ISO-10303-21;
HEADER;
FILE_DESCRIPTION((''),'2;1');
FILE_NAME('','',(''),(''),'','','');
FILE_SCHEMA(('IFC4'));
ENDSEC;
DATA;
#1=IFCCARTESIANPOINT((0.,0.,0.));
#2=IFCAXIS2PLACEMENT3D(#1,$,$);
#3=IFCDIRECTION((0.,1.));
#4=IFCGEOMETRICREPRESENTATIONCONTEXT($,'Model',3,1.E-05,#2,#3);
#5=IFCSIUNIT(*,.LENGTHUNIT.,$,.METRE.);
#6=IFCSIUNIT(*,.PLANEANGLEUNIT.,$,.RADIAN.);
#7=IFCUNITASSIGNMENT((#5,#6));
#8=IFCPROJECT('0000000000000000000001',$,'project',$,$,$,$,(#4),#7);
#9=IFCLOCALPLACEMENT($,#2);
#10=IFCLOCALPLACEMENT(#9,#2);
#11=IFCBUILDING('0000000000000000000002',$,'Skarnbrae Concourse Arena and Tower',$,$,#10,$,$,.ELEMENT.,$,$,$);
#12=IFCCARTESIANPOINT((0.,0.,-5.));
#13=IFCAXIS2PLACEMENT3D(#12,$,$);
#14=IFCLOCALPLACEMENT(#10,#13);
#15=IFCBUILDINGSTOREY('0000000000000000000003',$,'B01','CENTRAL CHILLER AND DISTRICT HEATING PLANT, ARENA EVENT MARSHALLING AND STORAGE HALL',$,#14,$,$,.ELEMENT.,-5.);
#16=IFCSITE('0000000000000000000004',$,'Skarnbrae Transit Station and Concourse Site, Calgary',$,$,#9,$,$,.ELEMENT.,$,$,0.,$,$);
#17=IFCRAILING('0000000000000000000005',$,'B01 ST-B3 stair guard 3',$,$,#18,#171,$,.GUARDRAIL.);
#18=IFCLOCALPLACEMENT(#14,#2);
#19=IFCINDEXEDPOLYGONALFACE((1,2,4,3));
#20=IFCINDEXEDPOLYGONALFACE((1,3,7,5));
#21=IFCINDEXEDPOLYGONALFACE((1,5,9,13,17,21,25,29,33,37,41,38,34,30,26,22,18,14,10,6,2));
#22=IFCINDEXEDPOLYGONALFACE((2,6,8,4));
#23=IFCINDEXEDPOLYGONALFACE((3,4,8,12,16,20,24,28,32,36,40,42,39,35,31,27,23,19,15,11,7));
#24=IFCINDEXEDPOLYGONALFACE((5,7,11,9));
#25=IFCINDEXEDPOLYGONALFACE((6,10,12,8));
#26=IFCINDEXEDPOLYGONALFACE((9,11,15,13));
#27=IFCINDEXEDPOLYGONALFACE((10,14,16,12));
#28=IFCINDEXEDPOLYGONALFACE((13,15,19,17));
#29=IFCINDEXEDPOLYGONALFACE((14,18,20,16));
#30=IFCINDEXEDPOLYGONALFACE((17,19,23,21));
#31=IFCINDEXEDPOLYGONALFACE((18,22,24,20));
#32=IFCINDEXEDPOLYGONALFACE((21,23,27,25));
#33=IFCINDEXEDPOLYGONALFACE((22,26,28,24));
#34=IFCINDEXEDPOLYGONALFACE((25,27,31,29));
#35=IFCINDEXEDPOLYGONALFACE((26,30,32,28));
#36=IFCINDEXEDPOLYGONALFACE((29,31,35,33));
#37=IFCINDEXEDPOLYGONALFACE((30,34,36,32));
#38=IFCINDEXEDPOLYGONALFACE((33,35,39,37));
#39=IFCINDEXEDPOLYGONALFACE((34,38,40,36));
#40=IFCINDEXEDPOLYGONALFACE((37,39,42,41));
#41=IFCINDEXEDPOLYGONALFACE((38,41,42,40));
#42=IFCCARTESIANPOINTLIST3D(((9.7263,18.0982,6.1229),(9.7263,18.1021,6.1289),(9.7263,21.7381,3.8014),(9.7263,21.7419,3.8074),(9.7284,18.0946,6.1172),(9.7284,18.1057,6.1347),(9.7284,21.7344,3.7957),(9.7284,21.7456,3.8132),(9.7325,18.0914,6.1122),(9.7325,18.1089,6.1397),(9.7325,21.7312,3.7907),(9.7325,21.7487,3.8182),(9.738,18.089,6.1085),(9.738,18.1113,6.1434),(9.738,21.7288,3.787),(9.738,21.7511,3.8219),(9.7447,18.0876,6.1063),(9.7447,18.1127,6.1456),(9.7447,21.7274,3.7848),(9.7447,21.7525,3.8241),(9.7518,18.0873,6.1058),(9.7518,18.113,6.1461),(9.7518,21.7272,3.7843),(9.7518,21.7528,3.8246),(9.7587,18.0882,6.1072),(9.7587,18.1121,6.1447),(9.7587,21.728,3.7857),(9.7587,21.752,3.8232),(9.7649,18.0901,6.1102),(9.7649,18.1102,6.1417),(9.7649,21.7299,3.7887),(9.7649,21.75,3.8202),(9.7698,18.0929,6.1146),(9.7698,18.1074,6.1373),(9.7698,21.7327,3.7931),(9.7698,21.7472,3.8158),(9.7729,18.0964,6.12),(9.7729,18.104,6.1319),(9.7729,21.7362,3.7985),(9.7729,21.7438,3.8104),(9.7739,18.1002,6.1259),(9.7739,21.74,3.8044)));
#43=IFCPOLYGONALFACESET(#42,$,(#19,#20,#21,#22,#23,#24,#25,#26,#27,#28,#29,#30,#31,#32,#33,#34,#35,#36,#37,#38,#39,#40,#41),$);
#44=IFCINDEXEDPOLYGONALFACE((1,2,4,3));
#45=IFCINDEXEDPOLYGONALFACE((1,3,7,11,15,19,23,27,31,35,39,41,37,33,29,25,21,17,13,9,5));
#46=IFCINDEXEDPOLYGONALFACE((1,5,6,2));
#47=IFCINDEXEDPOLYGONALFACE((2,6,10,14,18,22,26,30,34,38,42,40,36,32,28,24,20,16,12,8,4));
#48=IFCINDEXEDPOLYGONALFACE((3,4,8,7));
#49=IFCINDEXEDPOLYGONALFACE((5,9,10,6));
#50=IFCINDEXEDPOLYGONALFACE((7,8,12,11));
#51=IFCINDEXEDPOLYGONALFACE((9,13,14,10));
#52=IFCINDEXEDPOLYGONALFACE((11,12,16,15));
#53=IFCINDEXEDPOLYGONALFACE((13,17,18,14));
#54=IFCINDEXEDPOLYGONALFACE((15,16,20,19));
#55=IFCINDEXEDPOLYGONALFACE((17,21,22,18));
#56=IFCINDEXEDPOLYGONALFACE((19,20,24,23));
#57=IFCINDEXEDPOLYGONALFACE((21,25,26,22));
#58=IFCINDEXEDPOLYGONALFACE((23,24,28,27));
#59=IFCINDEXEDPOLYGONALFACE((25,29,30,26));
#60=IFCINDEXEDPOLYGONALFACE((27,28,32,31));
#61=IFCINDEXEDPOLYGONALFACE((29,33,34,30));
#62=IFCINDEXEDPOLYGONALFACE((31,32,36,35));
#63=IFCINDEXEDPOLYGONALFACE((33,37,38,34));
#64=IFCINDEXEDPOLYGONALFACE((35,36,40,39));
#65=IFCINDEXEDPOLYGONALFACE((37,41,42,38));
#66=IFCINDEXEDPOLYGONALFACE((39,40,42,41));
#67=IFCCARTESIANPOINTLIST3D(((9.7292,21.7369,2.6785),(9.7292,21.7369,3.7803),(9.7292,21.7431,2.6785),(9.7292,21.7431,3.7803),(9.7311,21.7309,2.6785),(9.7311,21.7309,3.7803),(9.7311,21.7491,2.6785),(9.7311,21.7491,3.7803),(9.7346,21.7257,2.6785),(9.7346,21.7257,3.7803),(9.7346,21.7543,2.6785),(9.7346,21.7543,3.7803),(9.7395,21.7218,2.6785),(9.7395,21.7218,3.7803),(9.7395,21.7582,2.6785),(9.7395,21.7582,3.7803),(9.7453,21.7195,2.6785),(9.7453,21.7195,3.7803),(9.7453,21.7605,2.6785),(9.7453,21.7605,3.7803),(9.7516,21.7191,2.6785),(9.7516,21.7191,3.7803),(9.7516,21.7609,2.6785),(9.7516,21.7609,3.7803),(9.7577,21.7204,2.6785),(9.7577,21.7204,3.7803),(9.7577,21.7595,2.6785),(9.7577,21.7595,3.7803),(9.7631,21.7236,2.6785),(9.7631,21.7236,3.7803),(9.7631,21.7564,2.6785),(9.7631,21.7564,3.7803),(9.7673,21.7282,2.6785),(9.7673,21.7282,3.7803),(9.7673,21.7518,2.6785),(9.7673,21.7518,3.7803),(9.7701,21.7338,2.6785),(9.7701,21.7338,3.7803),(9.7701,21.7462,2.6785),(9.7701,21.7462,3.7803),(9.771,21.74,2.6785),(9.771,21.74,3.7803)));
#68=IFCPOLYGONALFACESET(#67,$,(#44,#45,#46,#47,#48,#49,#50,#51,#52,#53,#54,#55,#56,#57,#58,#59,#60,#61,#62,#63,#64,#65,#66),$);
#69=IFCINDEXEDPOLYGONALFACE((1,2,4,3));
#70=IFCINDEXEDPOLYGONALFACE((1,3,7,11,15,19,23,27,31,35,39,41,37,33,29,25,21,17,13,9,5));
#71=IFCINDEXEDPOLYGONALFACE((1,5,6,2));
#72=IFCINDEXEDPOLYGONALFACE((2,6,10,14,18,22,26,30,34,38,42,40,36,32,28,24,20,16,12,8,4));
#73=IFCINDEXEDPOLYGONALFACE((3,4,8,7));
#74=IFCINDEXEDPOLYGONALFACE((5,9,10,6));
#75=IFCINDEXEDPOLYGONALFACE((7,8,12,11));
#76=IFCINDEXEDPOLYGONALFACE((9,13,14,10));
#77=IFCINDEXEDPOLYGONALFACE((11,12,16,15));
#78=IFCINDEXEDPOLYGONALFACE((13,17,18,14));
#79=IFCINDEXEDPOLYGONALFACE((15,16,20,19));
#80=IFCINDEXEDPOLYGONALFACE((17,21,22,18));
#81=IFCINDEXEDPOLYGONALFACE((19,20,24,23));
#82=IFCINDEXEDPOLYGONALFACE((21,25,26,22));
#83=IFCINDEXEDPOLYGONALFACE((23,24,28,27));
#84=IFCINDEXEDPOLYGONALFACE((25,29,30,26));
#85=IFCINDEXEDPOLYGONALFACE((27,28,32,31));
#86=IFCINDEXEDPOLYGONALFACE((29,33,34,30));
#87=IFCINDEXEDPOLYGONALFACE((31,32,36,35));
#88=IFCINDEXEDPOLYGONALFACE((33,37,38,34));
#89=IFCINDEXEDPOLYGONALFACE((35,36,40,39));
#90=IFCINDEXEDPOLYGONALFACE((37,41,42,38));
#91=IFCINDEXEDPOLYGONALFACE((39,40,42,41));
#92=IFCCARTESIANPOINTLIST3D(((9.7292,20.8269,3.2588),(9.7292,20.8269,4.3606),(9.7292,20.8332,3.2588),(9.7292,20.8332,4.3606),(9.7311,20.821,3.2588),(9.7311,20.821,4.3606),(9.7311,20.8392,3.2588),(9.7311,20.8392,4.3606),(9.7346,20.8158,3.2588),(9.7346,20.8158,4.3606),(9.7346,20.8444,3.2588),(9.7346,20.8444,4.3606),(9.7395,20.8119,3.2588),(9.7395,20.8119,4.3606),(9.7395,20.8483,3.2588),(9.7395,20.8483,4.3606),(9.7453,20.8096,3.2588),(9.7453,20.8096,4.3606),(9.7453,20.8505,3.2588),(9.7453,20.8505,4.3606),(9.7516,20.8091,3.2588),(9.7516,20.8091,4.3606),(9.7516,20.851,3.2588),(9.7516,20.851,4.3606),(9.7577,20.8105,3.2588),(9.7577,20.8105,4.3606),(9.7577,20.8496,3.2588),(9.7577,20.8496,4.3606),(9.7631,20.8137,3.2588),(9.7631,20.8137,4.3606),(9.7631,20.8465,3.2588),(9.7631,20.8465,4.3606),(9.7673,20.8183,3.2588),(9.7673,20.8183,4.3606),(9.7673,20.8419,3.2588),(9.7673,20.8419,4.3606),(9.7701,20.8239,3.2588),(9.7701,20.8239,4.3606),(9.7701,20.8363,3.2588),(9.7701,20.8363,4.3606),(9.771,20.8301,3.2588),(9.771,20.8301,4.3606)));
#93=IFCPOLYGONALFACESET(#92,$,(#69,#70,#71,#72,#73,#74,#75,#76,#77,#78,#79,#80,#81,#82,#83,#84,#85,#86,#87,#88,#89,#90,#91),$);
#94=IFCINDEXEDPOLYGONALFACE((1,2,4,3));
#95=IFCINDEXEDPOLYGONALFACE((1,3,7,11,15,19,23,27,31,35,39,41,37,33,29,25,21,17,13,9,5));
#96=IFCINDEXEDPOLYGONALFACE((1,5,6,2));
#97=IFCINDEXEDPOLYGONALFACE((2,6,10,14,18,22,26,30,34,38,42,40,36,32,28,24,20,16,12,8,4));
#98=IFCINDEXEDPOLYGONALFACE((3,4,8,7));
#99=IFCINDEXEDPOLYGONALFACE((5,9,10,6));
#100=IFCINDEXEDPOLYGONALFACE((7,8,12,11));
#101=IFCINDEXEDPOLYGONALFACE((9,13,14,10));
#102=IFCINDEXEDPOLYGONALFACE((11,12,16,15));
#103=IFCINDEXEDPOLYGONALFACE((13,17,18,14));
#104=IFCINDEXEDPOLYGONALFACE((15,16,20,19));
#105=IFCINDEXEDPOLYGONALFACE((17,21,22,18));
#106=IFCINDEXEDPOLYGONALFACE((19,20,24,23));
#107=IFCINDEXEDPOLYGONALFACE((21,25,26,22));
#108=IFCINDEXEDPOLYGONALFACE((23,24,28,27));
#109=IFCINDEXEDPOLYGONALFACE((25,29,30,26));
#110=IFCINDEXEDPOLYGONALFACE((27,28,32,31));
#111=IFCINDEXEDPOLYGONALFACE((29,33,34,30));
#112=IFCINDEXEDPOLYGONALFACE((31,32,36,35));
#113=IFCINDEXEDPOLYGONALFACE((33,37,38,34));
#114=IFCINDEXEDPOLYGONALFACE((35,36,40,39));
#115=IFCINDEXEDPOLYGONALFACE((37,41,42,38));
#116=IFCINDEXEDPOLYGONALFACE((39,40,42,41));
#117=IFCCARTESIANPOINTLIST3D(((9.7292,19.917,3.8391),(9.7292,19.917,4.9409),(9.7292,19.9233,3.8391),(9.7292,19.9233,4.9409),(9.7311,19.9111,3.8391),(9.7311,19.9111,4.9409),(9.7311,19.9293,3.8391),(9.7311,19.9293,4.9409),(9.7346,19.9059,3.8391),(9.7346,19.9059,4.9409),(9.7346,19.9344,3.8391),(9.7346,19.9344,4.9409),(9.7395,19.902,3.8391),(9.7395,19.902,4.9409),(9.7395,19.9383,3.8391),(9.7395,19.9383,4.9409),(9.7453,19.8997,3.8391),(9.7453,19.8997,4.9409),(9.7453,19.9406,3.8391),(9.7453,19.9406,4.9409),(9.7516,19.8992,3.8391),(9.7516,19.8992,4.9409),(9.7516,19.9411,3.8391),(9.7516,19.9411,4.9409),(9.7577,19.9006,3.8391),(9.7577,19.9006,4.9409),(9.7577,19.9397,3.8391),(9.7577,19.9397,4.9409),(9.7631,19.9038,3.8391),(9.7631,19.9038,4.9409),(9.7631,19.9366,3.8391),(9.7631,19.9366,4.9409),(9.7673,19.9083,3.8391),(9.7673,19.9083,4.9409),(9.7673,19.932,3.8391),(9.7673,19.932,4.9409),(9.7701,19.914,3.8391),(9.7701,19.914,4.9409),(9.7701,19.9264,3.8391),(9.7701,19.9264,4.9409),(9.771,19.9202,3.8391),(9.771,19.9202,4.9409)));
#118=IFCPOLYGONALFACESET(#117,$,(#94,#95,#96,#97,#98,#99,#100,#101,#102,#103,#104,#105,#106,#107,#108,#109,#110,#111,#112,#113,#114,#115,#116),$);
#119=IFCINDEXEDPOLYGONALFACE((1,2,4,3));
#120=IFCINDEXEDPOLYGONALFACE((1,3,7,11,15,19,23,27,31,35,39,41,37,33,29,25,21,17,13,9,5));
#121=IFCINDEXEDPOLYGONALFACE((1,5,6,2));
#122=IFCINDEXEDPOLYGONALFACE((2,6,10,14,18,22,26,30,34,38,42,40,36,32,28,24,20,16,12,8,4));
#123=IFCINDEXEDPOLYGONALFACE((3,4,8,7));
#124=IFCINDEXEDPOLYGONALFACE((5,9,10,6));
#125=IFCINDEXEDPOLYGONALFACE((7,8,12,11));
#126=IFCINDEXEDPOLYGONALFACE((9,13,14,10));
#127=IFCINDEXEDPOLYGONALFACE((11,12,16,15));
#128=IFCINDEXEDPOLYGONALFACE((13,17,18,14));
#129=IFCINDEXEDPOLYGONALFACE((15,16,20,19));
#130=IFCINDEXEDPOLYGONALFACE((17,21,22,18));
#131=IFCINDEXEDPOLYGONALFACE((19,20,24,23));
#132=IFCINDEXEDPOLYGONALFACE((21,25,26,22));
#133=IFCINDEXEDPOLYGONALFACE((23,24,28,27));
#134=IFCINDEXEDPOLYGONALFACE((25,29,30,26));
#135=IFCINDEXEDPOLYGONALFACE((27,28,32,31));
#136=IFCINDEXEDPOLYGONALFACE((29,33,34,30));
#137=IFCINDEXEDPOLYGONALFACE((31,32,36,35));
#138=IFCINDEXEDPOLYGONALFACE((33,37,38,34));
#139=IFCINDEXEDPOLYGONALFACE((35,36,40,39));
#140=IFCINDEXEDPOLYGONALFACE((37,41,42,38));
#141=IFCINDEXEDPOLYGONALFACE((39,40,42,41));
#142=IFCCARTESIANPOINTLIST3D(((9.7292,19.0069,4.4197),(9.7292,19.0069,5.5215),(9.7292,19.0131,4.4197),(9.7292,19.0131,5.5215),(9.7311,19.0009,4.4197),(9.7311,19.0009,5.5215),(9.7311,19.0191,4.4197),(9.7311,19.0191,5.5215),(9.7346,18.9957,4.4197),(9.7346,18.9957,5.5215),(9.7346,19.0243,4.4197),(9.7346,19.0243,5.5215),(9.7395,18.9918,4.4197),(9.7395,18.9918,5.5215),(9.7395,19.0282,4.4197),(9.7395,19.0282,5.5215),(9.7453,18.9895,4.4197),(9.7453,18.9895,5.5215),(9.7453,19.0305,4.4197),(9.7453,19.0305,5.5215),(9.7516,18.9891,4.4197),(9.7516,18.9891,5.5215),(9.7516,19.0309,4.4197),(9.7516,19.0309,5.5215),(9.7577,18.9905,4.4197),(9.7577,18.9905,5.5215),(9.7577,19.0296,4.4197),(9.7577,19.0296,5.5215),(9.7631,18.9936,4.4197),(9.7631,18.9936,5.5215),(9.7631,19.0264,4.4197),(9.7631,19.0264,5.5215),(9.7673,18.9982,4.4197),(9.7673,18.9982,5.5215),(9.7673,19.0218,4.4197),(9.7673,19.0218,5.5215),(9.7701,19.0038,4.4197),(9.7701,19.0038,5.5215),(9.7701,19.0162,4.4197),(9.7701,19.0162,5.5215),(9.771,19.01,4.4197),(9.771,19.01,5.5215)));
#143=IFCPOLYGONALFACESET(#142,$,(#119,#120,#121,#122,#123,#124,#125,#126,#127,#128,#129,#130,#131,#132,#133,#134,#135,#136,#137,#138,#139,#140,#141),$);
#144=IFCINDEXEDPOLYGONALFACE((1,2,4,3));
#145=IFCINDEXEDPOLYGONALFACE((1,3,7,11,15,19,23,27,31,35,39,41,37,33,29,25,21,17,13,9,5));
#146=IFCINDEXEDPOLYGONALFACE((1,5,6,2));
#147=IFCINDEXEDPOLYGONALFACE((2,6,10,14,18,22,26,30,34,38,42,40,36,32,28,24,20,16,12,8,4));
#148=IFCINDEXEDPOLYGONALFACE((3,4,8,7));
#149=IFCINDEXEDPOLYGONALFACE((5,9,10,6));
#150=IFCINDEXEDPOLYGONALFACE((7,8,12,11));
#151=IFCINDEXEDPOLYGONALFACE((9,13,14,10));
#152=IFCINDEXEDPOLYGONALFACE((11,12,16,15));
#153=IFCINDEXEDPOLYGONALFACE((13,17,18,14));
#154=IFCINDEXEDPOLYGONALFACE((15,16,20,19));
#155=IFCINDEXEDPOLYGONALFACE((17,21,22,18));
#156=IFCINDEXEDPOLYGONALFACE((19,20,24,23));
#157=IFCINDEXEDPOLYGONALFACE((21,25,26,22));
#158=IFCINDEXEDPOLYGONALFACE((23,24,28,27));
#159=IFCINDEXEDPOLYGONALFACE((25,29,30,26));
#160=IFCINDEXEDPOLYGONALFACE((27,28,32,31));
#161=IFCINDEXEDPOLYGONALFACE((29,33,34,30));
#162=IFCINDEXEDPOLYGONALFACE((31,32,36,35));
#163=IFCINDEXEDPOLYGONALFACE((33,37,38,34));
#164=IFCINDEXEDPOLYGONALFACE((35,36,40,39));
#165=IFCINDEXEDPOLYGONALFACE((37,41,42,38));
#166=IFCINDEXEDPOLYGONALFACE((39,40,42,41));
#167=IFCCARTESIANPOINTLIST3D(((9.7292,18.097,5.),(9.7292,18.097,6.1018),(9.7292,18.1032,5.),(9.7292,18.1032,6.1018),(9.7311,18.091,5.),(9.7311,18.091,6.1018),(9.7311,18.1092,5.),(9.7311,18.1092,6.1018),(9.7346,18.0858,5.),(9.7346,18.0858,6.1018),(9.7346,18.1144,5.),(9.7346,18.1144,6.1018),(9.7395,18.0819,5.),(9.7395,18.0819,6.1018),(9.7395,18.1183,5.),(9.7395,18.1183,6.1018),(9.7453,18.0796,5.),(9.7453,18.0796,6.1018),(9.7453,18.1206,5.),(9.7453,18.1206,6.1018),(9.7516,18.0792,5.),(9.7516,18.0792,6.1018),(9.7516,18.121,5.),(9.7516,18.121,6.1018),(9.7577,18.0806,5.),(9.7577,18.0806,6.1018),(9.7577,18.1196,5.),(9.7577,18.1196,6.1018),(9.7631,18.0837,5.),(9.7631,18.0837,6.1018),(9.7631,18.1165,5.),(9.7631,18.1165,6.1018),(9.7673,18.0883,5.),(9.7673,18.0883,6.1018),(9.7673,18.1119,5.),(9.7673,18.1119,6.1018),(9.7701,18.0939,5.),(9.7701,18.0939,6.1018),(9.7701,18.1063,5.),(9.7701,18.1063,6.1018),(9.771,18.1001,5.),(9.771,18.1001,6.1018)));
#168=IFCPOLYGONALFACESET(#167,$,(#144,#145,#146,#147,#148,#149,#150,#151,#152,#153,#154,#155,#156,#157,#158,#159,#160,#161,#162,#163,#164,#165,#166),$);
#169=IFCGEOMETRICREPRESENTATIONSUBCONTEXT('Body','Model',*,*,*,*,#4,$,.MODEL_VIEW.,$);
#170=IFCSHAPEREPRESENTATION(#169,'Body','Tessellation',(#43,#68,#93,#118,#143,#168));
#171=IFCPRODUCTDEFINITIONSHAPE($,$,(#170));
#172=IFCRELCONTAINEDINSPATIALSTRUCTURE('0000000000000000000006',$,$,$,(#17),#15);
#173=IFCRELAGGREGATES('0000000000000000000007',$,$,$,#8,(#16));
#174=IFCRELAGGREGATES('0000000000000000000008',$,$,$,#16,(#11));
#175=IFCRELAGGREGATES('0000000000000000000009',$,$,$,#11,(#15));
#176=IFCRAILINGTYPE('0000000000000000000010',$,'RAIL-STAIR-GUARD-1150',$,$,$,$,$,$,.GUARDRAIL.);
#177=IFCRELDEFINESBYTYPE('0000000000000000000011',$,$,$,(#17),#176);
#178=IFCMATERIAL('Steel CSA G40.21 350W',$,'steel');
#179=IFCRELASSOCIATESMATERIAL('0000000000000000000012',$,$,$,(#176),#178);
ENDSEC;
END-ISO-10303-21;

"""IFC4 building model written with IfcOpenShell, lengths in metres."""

from ifc_helpers import new_model, si_unit, direction, frame, origin, origin_2d, place, context, subcontext, project, spatial, circle, extrude, material, type_object, element, save


model = new_model("IFC4")

# Units and contexts
model_context = context("Model", 3, precision=1e-05, world=origin(), true_north=direction((0.0, 1.0)))
body_context = subcontext(model_context, "Body", "Model", "MODEL_VIEW")
ifc_project = project(units=[si_unit("LENGTHUNIT", "METRE"), si_unit("PLANEANGLEUNIT", "RADIAN")], contexts=[model_context])

# Site, building, storey
site_placement = place(None, origin())
site = spatial("IfcSite", under=ifc_project, at=site_placement, Name="Skarnbrae Transit Station and Concourse Site, Calgary", CompositionType="ELEMENT", RefElevation=0.0)
building_placement = place(site_placement, origin())
building = spatial("IfcBuilding", under=site, at=building_placement, Name="Skarnbrae Concourse Arena and Tower", CompositionType="ELEMENT")
storey_placement = place(building_placement, frame((0.0, 0.0, -5.0)))
storey = spatial("IfcBuildingStorey", under=building, at=storey_placement, Name="B01", Description="CENTRAL CHILLER AND DISTRICT HEATING PLANT, ARENA EVENT MARSHALLING AND STORAGE HALL", CompositionType="ELEMENT", Elevation=-5.0)

# Shared definitions
ifc_material_1 = material(Name="Steel CSA G40.21 350W", Category="steel")

# Railing
railing_type_1 = type_object("IfcRailingType", Name="RAIL-STAIR-GUARD-1150", PredefinedType="GUARDRAIL", material=ifc_material_1)
railing_1_placement = place(storey_placement, frame((9.75, 21.74, 2.6785)))
element("IfcRailing", 1, at=railing_1_placement, inside=storey, type_object=railing_type_1, Name="B01 ST-B3 stair guard 3", PredefinedType="GUARDRAIL", context=body_context, shape_type="SweptSolid", body=[
    extrude(circle(Radius=0.0239, at=origin_2d()), frame((0.0, 0.0, 1.126), z_axis=(0.0, -0.843112, 0.537739), x_axis=(1.0, 0.0, 0.0)), (0.0, 0.0, 1.0), 4.3171),
    extrude(circle(Radius=0.021, at=origin_2d()), origin(), (0.0, 0.0, 1.0), 1.1018),
    extrude(circle(Radius=0.021, at=origin_2d()), frame((0.0, -0.9099, 0.5803)), (0.0, 0.0, 1.0), 1.1018),
    extrude(circle(Radius=0.021, at=origin_2d()), frame((0.0, -1.8198, 1.1606)), (0.0, 0.0, 1.0), 1.1018),
    extrude(circle(Radius=0.021, at=origin_2d()), frame((0.0, -2.73, 1.7412)), (0.0, 0.0, 1.0), 1.1018),
    extrude(circle(Radius=0.021, at=origin_2d()), frame((0.0, -3.6399, 2.3215)), (0.0, 0.0, 1.0), 1.1018),
])

save(model, "model.ifc")
